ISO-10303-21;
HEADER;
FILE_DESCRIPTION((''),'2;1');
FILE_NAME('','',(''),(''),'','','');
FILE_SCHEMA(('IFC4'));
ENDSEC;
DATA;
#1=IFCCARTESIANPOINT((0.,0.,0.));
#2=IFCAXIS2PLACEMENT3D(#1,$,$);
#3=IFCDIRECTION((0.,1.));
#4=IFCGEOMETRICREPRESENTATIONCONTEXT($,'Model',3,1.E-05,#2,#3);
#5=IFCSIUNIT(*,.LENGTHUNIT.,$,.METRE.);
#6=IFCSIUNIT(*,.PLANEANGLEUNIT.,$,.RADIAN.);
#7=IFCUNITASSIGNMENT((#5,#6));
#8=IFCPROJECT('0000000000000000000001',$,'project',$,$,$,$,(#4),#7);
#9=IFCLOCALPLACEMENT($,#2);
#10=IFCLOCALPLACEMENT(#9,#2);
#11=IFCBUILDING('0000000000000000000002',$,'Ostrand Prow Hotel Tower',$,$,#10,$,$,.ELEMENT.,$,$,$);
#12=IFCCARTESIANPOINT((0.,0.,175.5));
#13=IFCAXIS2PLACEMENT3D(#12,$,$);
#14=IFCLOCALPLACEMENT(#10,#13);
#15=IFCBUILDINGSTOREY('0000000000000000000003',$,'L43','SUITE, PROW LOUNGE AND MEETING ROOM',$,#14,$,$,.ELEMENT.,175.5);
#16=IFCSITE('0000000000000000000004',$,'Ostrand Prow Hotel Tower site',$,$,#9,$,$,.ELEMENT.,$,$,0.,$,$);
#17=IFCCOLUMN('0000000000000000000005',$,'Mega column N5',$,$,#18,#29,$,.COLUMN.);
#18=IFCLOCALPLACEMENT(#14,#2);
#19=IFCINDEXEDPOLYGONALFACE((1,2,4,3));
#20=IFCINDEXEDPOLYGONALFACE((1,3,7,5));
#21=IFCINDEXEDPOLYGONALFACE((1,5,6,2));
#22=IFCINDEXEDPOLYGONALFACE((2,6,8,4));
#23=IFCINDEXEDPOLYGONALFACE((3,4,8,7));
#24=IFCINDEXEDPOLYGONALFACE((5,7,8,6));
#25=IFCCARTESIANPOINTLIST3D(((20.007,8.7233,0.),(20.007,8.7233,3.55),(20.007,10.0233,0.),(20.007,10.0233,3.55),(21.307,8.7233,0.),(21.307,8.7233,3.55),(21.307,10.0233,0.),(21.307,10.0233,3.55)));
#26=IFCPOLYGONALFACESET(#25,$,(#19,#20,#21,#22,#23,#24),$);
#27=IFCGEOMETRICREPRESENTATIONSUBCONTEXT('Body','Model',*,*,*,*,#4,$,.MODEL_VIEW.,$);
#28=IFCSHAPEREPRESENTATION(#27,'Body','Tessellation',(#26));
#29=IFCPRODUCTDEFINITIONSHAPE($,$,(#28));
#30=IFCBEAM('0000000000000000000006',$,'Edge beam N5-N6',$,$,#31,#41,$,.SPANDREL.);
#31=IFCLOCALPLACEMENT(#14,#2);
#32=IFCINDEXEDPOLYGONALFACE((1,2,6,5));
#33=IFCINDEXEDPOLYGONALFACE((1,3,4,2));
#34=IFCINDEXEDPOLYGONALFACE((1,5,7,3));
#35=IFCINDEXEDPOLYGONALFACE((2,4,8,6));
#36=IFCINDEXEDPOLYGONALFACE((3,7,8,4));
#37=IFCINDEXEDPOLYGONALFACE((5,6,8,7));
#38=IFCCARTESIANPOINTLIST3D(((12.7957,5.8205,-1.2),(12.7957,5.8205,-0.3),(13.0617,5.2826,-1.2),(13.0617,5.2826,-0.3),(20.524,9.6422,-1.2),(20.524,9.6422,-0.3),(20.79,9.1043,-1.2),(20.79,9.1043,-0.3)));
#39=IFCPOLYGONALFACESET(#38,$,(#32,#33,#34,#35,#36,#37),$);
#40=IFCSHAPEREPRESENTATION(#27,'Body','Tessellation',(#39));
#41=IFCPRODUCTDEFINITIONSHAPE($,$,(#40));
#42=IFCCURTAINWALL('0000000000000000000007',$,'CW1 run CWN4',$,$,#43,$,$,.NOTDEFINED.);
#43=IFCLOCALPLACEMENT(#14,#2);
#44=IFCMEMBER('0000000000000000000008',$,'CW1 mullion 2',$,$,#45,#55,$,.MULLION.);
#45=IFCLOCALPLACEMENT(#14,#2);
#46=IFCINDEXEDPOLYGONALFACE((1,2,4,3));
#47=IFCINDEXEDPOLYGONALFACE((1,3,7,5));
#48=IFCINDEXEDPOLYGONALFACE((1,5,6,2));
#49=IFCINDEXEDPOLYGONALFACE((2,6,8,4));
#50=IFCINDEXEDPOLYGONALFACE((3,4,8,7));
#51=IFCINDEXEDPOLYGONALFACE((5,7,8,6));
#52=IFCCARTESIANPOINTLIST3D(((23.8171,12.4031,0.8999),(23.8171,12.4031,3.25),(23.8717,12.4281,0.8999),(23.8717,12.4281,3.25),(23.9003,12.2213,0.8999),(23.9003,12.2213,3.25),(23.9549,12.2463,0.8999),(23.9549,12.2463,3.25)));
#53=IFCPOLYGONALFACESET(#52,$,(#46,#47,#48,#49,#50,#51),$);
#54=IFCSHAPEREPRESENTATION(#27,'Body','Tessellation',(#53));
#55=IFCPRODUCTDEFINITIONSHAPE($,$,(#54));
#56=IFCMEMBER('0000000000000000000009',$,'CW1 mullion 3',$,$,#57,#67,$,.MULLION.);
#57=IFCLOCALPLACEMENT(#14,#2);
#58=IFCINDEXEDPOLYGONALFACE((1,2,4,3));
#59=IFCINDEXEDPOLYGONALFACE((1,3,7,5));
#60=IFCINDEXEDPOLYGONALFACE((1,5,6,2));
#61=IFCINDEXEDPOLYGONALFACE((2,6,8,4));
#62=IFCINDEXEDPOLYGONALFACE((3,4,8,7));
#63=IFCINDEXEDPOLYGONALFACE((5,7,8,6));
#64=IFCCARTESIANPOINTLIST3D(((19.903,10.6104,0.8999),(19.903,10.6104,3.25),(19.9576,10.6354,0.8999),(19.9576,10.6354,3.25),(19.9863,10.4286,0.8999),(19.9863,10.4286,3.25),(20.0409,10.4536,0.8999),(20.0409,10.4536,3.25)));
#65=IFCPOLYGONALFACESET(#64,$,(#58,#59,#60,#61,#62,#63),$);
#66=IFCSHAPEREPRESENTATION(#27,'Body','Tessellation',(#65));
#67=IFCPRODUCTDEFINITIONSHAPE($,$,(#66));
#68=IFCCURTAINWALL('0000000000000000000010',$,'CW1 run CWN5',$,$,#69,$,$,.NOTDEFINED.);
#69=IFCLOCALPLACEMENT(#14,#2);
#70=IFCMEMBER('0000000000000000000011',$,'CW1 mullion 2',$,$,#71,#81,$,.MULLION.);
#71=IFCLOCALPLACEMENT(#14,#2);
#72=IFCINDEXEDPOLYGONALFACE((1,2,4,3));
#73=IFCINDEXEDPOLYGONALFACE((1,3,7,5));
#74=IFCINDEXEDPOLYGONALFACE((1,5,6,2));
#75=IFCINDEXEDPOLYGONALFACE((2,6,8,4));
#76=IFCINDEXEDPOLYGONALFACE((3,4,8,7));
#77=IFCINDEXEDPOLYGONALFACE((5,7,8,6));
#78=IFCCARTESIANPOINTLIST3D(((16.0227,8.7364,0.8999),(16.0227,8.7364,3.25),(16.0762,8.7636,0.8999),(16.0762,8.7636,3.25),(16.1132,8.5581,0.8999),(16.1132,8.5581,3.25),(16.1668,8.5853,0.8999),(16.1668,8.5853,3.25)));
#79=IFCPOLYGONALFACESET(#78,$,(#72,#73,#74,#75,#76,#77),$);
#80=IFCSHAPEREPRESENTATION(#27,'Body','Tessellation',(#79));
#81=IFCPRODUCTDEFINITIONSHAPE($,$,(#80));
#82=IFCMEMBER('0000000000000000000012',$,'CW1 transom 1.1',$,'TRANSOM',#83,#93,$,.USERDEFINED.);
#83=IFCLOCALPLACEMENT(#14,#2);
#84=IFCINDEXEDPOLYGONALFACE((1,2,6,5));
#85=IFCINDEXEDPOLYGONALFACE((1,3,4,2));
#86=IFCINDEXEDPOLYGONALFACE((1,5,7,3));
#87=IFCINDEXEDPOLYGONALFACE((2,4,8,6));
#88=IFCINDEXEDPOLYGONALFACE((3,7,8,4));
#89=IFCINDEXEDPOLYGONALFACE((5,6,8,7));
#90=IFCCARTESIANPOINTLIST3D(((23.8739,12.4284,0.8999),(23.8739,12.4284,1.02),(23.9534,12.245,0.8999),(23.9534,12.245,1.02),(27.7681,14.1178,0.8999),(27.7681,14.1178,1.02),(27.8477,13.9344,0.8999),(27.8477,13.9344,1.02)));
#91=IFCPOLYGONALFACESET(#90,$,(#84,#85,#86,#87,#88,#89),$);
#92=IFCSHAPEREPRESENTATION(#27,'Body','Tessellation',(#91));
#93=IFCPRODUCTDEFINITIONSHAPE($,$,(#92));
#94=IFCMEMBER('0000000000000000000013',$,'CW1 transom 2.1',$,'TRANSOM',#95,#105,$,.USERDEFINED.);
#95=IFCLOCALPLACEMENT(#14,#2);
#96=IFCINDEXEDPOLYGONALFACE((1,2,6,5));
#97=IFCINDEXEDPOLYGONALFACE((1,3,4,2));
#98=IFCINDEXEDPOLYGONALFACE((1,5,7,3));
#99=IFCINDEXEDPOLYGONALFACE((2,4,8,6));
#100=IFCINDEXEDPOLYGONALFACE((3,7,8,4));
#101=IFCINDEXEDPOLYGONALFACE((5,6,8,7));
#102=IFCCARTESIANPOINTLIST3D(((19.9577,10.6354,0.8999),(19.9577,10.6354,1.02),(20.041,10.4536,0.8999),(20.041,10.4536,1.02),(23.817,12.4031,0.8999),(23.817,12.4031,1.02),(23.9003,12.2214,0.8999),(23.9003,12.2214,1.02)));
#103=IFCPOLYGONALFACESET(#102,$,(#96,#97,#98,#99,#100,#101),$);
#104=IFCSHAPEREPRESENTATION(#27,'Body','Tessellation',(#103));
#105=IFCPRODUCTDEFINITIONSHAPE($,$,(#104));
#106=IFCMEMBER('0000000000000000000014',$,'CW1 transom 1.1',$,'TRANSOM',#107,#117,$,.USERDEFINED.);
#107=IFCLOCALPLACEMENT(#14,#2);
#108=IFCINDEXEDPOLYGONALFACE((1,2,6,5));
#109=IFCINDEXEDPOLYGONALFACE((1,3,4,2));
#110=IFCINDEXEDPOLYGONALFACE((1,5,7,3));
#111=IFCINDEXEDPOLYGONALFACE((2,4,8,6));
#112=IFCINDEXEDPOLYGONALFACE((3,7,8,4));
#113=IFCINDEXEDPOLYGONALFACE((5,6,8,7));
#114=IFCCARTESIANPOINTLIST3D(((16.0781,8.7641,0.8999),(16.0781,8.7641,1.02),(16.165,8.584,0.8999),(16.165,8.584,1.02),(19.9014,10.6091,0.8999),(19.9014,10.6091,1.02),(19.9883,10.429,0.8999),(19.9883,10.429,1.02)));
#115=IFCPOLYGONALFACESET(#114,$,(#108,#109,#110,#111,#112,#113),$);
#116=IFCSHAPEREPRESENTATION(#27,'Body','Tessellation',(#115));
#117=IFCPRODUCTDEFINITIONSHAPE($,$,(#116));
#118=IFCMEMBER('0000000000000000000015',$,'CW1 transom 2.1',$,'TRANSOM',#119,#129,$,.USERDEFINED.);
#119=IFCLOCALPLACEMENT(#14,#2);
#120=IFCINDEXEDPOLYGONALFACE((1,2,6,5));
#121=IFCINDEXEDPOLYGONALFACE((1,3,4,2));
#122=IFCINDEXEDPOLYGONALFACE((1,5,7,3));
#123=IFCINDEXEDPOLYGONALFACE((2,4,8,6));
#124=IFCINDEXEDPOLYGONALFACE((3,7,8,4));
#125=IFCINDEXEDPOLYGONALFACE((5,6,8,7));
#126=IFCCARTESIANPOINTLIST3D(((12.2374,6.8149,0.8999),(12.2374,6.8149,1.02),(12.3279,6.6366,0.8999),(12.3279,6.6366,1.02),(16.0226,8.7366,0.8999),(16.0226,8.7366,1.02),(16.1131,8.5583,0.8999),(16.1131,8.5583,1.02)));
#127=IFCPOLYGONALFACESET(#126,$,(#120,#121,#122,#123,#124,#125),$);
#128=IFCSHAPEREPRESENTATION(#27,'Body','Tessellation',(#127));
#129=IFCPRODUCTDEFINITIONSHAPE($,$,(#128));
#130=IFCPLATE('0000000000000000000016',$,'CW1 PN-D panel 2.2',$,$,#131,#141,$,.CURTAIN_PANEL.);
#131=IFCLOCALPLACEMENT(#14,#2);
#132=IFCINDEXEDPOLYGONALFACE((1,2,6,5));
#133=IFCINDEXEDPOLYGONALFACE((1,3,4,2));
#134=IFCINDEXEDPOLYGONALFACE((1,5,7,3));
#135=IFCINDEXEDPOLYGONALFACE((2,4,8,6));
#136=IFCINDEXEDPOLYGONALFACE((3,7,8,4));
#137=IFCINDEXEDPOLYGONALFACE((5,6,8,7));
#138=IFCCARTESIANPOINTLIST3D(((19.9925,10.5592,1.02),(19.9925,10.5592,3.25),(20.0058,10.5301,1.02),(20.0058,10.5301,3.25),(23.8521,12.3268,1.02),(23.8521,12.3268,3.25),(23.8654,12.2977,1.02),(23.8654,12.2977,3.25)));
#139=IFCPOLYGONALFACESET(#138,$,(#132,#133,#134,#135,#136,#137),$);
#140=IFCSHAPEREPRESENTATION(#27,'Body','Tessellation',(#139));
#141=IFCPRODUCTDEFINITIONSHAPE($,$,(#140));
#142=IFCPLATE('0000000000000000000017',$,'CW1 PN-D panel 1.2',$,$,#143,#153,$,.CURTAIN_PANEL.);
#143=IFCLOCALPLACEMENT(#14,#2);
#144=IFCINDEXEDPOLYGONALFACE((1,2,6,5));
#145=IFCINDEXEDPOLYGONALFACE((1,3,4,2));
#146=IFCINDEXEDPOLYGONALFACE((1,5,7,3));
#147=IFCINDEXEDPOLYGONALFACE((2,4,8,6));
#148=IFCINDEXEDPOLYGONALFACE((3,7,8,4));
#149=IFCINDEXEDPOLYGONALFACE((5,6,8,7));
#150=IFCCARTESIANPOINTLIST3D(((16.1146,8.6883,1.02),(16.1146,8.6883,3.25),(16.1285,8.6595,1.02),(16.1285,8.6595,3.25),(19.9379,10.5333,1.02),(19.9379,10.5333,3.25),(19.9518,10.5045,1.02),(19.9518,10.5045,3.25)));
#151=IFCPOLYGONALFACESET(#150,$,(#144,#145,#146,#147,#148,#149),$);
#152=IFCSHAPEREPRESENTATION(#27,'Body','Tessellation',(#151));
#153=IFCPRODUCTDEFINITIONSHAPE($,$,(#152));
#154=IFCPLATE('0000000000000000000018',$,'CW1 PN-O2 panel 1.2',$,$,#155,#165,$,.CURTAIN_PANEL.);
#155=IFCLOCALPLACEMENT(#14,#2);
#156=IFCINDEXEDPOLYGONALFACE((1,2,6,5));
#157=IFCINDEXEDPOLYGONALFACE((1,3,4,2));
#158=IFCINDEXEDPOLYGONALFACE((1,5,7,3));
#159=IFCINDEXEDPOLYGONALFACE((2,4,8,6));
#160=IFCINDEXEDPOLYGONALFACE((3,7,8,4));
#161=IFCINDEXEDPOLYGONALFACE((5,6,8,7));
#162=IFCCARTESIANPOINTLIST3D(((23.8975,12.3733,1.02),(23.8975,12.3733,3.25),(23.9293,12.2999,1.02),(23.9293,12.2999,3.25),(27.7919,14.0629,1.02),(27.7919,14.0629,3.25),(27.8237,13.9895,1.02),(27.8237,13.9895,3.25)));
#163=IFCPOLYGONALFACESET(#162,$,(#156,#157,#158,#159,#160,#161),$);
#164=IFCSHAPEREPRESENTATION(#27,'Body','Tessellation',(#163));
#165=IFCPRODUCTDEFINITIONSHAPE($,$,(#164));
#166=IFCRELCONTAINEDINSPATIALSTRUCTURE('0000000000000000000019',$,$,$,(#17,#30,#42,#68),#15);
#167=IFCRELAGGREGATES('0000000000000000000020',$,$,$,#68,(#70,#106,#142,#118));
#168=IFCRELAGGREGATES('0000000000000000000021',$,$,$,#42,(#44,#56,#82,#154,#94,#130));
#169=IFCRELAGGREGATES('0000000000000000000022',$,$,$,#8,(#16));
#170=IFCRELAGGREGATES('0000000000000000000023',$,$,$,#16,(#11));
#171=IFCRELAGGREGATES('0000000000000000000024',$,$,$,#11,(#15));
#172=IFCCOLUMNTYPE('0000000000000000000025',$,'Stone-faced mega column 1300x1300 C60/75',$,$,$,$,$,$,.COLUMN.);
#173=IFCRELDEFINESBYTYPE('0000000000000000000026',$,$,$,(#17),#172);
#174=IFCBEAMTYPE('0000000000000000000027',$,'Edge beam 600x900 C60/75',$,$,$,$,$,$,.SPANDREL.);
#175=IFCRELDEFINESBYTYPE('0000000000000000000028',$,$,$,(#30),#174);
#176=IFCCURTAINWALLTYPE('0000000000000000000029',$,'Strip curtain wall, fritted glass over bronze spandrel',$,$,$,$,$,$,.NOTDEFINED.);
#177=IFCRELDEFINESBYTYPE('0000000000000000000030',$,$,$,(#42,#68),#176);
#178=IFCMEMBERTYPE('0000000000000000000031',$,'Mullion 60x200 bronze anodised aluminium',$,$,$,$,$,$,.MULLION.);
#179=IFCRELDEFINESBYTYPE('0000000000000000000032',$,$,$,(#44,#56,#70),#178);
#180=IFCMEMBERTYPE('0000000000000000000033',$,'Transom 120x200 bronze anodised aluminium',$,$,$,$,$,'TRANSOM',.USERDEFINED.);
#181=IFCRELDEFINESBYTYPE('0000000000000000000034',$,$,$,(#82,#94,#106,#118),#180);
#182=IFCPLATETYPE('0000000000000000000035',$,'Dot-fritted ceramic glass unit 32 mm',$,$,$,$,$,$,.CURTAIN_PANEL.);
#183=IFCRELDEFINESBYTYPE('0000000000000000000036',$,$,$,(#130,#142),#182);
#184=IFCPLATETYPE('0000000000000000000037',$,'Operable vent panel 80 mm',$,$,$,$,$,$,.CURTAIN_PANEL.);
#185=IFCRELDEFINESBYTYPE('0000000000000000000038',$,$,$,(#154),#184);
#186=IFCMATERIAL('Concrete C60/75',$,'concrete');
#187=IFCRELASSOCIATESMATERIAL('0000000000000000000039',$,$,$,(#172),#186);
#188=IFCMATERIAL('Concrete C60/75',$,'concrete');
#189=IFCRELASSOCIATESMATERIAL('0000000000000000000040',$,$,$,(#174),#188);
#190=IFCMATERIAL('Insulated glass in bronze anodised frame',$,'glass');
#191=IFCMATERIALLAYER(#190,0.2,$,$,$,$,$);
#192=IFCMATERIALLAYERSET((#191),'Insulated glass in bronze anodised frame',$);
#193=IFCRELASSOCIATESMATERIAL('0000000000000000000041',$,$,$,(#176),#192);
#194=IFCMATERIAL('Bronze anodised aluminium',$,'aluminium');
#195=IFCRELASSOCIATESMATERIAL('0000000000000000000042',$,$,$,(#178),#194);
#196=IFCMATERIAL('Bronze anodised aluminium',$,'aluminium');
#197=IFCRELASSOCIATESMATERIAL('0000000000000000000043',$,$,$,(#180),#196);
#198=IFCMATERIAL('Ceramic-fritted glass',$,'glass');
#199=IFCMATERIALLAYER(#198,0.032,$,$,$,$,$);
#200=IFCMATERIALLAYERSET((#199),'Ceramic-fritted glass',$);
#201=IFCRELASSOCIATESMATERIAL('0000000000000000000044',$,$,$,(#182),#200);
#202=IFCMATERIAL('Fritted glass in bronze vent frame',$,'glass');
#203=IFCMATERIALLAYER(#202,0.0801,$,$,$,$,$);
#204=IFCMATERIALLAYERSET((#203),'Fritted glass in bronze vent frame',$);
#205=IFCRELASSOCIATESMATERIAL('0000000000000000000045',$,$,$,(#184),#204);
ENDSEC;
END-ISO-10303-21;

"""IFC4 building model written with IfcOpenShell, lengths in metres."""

from ifc_helpers import new_model, si_unit, direction, frame, origin, origin_2d, place, context, subcontext, project, spatial, rectangle, extrude, material, layer, layer_set, material_profile, profile_set, type_object, element, aggregate, save


model = new_model("IFC4")

# Units and contexts
model_context = context("Model", 3, precision=1e-05, world=origin(), true_north=direction((0.0, 1.0)))
body_context = subcontext(model_context, "Body", "Model", "MODEL_VIEW")
ifc_project = project(units=[si_unit("LENGTHUNIT", "METRE"), si_unit("PLANEANGLEUNIT", "RADIAN")], contexts=[model_context])

# Site, building, storey
site_placement = place(None, origin())
site = spatial("IfcSite", under=ifc_project, at=site_placement, Name="Ostrand Prow Hotel Tower site", CompositionType="ELEMENT", RefElevation=0.0)
building_placement = place(site_placement, origin())
building = spatial("IfcBuilding", under=site, at=building_placement, Name="Ostrand Prow Hotel Tower", CompositionType="ELEMENT")
storey_placement = place(building_placement, frame((0.0, 0.0, 175.5)))
storey = spatial("IfcBuildingStorey", under=building, at=storey_placement, Name="L43", Description="SUITE, PROW LOUNGE AND MEETING ROOM", CompositionType="ELEMENT", Elevation=175.5)

# Column
ifc_material_1 = material(Name="Concrete C60/75", Category="concrete")
ifc_material_profile_1 = material_profile(ifc_material_1, rectangle(XDim=1.3, YDim=1.3, at=origin_2d()), Name="RC 1300x1300")
ifc_profile_set_1 = profile_set([ifc_material_profile_1], Name="Concrete C60/75")
column_type = type_object("IfcColumnType", Name="Stone-faced mega column 1300x1300 C60/75", PredefinedType="COLUMN", material=ifc_profile_set_1)
column_placement = place(storey_placement, frame((20.657, 9.3733, 0.0), z_axis=(0.0, 0.0, 1.0), x_axis=(1.0, 0.0, 0.0)))
element("IfcColumn", 1, at=column_placement, inside=storey, type_object=column_type, Name="Mega column N5", PredefinedType="COLUMN", context=body_context, shape_type="SweptSolid", body=[
    extrude(rectangle(XDim=1.3, YDim=1.3, at=origin_2d()), origin(), (0.0, 0.0, 1.0), 3.55),
])

# Beam
ifc_material_2 = material(Name="Concrete C60/75", Category="concrete")
ifc_material_profile_2 = material_profile(ifc_material_2, rectangle(XDim=0.6001, YDim=0.8999, at=origin_2d()), Name="RC 600x900")
ifc_profile_set_2 = profile_set([ifc_material_profile_2], Name="Concrete C60/75")
beam_type = type_object("IfcBeamType", Name="Edge beam 600x900 C60/75", PredefinedType="SPANDREL", material=ifc_profile_set_2)
beam_placement = place(storey_placement, frame((20.657, 9.3733, -0.75), z_axis=(-0.896384, -0.443279, 0.0), x_axis=(0.443279, -0.896384, 0.0)))
element("IfcBeam", 2, at=beam_placement, inside=storey, type_object=beam_type, Name="Edge beam N5-N6", PredefinedType="SPANDREL", context=body_context, shape_type="SweptSolid", body=[
    extrude(rectangle(XDim=0.6001, YDim=0.8999, at=origin_2d()), origin(), (0.0, 0.0, 1.0), 8.6216),
])

# Curtain wall, members
ifc_material_3 = material(Name="Insulated glass in bronze anodised frame", Category="glass")
ifc_layer_1 = layer(ifc_material_3, 0.2)
ifc_layer_set_1 = layer_set([ifc_layer_1], Name="Insulated glass in bronze anodised frame")
curtain_wall_type = type_object("IfcCurtainWallType", Name="Strip curtain wall, fritted glass over bronze spandrel", PredefinedType="NOTDEFINED", material=ifc_layer_set_1)
curtain_wall_1_placement = place(storey_placement, origin())
curtain_wall_1 = element("IfcCurtainWall", 3, at=curtain_wall_1_placement, inside=storey, type_object=curtain_wall_type, Name="CW1 run CWN4", PredefinedType="NOTDEFINED")
ifc_material_4 = material(Name="Bronze anodised aluminium", Category="aluminium")
ifc_material_profile_3 = material_profile(ifc_material_4, rectangle(XDim=0.2, YDim=0.0601, at=origin_2d()), Name="Mullion 60x200 bronze anodised aluminium")
ifc_profile_set_3 = profile_set([ifc_material_profile_3], Name="Bronze anodised aluminium")
member_type_1 = type_object("IfcMemberType", Name="Mullion 60x200 bronze anodised aluminium", PredefinedType="MULLION", material=ifc_profile_set_3)
member_1_placement = place(storey_placement, frame((23.886, 12.3247, 0.8999), z_axis=(0.0, 0.0, 1.0), x_axis=(0.416393, -0.909185, 0.0)))
member_1 = element("IfcMember", 4, at=member_1_placement, type_object=member_type_1, Name="CW1 mullion 2", PredefinedType="MULLION", context=body_context, shape_type="SweptSolid", body=[
    extrude(rectangle(XDim=0.2, YDim=0.0601, at=origin_2d()), origin(), (0.0, 0.0, 1.0), 2.3501),
])
member_2_placement = place(storey_placement, frame((19.9719, 10.532, 0.8999), z_axis=(0.0, 0.0, 1.0), x_axis=(0.416393, -0.909185, 0.0)))
member_2 = element("IfcMember", 5, at=member_2_placement, type_object=member_type_1, Name="CW1 mullion 3", PredefinedType="MULLION", context=body_context, shape_type="SweptSolid", body=[
    extrude(rectangle(XDim=0.2, YDim=0.0601, at=origin_2d()), origin(), (0.0, 0.0, 1.0), 2.3501),
])

# Curtain wall, member
curtain_wall_2_placement = place(storey_placement, origin())
curtain_wall_2 = element("IfcCurtainWall", 6, at=curtain_wall_2_placement, inside=storey, type_object=curtain_wall_type, Name="CW1 run CWN5", PredefinedType="NOTDEFINED")
member_3_placement = place(storey_placement, frame((16.0947, 8.6609, 0.8999), z_axis=(0.0, 0.0, 1.0), x_axis=(0.452659, -0.891684, 0.0)))
member_3 = element("IfcMember", 7, at=member_3_placement, type_object=member_type_1, Name="CW1 mullion 2", PredefinedType="MULLION", context=body_context, shape_type="SweptSolid", body=[
    extrude(rectangle(XDim=0.2, YDim=0.0601, at=origin_2d()), origin(), (0.0, 0.0, 1.0), 2.3501),
])

# Members
ifc_material_5 = material(Name="Bronze anodised aluminium", Category="aluminium")
ifc_material_profile_4 = material_profile(ifc_material_5, rectangle(XDim=0.2, YDim=0.1201, at=origin_2d()), Name="Transom 120x200 bronze anodised aluminium")
ifc_profile_set_4 = profile_set([ifc_material_profile_4], Name="Bronze anodised aluminium")
member_type_2 = type_object("IfcMemberType", Name="Transom 120x200 bronze anodised aluminium", ElementType="TRANSOM", PredefinedType="USERDEFINED", material=ifc_profile_set_4)
member_4_placement = place(storey_placement, frame((27.8079, 14.0261, 0.96), z_axis=(-0.91739, -0.39799, 0.0), x_axis=(0.39799, -0.91739, 0.0)))
member_4 = element("IfcMember", 8, at=member_4_placement, type_object=member_type_2, Name="CW1 transom 1.1", ObjectType="TRANSOM", PredefinedType="USERDEFINED", context=body_context, shape_type="SweptSolid", body=[
    extrude(rectangle(XDim=0.2, YDim=0.1201, at=origin_2d()), origin(), (0.0, 0.0, 1.0), 4.2449),
])
member_5_placement = place(storey_placement, frame((23.8586, 12.3123, 0.96), z_axis=(-0.909159, -0.416449, 0.0), x_axis=(0.416449, -0.909159, 0.0)))
member_5 = element("IfcMember", 9, at=member_5_placement, type_object=member_type_2, Name="CW1 transom 2.1", ObjectType="TRANSOM", PredefinedType="USERDEFINED", context=body_context, shape_type="SweptSolid", body=[
    extrude(rectangle(XDim=0.2, YDim=0.1201, at=origin_2d()), origin(), (0.0, 0.0, 1.0), 4.2449),
])
member_6_placement = place(storey_placement, frame((19.9448, 10.519, 0.96), z_axis=(-0.900619, -0.434609, 0.0), x_axis=(0.434609, -0.900619, 0.0)))
member_6 = element("IfcMember", 10, at=member_6_placement, type_object=member_type_2, Name="CW1 transom 1.1", ObjectType="TRANSOM", PredefinedType="USERDEFINED", context=body_context, shape_type="SweptSolid", body=[
    extrude(rectangle(XDim=0.2, YDim=0.1201, at=origin_2d()), origin(), (0.0, 0.0, 1.0), 4.2451),
])
member_7_placement = place(storey_placement, frame((16.0679, 8.6475, 0.96), z_axis=(-0.891673, -0.45268, 0.0), x_axis=(0.45268, -0.891673, 0.0)))
member_7 = element("IfcMember", 11, at=member_7_placement, type_object=member_type_2, Name="CW1 transom 2.1", ObjectType="TRANSOM", PredefinedType="USERDEFINED", context=body_context, shape_type="SweptSolid", body=[
    extrude(rectangle(XDim=0.2, YDim=0.1201, at=origin_2d()), origin(), (0.0, 0.0, 1.0), 4.2451),
])

# Plates
ifc_material_6 = material(Name="Ceramic-fritted glass", Category="glass")
ifc_layer_2 = layer(ifc_material_6, 0.032)
ifc_layer_set_2 = layer_set([ifc_layer_2], Name="Ceramic-fritted glass")
plate_type_1 = type_object("IfcPlateType", Name="Dot-fritted ceramic glass unit 32 mm", PredefinedType="CURTAIN_PANEL", material=ifc_layer_set_2)
plate_1_placement = place(storey_placement, frame((21.929, 11.4285, 1.02), z_axis=(0.0, 0.0, 1.0), x_axis=(-0.909185, -0.416393, 0.0)))
plate_1 = element("IfcPlate", 12, at=plate_1_placement, type_object=plate_type_1, Name="CW1 PN-D panel 2.2", PredefinedType="CURTAIN_PANEL", context=body_context, shape_type="SweptSolid", body=[
    extrude(rectangle(XDim=4.2451, YDim=0.032, at=origin_2d()), origin(), (0.0, 0.0, 1.0), 2.23),
])
plate_2_placement = place(storey_placement, frame((18.0332, 9.5964, 1.02), z_axis=(0.0, 0.0, 1.0), x_axis=(-0.900616, -0.434615, 0.0)))
plate_2 = element("IfcPlate", 13, at=plate_2_placement, type_object=plate_type_1, Name="CW1 PN-D panel 1.2", PredefinedType="CURTAIN_PANEL", context=body_context, shape_type="SweptSolid", body=[
    extrude(rectangle(XDim=4.2451, YDim=0.032, at=origin_2d()), origin(), (0.0, 0.0, 1.0), 2.23),
])
aggregate(curtain_wall_2, [member_3, member_6, plate_2, member_7])
ifc_material_7 = material(Name="Fritted glass in bronze vent frame", Category="glass")
ifc_layer_3 = layer(ifc_material_7, 0.0801)
ifc_layer_set_3 = layer_set([ifc_layer_3], Name="Fritted glass in bronze vent frame")
plate_type_2 = type_object("IfcPlateType", Name="Operable vent panel 80 mm", PredefinedType="CURTAIN_PANEL", material=ifc_layer_set_3)
plate_3_placement = place(storey_placement, frame((25.8606, 13.1814, 1.02), z_axis=(0.0, 0.0, 1.0), x_axis=(-0.917383, -0.398005, 0.0)))
plate_3 = element("IfcPlate", 14, at=plate_3_placement, type_object=plate_type_2, Name="CW1 PN-O2 panel 1.2", PredefinedType="CURTAIN_PANEL", context=body_context, shape_type="SweptSolid", body=[
    extrude(rectangle(XDim=4.2451, YDim=0.0801, at=origin_2d()), origin(), (0.0, 0.0, 1.0), 2.23),
])
aggregate(curtain_wall_1, [member_1, member_2, member_4, plate_3, member_5, plate_1])

save(model, "model.ifc")
